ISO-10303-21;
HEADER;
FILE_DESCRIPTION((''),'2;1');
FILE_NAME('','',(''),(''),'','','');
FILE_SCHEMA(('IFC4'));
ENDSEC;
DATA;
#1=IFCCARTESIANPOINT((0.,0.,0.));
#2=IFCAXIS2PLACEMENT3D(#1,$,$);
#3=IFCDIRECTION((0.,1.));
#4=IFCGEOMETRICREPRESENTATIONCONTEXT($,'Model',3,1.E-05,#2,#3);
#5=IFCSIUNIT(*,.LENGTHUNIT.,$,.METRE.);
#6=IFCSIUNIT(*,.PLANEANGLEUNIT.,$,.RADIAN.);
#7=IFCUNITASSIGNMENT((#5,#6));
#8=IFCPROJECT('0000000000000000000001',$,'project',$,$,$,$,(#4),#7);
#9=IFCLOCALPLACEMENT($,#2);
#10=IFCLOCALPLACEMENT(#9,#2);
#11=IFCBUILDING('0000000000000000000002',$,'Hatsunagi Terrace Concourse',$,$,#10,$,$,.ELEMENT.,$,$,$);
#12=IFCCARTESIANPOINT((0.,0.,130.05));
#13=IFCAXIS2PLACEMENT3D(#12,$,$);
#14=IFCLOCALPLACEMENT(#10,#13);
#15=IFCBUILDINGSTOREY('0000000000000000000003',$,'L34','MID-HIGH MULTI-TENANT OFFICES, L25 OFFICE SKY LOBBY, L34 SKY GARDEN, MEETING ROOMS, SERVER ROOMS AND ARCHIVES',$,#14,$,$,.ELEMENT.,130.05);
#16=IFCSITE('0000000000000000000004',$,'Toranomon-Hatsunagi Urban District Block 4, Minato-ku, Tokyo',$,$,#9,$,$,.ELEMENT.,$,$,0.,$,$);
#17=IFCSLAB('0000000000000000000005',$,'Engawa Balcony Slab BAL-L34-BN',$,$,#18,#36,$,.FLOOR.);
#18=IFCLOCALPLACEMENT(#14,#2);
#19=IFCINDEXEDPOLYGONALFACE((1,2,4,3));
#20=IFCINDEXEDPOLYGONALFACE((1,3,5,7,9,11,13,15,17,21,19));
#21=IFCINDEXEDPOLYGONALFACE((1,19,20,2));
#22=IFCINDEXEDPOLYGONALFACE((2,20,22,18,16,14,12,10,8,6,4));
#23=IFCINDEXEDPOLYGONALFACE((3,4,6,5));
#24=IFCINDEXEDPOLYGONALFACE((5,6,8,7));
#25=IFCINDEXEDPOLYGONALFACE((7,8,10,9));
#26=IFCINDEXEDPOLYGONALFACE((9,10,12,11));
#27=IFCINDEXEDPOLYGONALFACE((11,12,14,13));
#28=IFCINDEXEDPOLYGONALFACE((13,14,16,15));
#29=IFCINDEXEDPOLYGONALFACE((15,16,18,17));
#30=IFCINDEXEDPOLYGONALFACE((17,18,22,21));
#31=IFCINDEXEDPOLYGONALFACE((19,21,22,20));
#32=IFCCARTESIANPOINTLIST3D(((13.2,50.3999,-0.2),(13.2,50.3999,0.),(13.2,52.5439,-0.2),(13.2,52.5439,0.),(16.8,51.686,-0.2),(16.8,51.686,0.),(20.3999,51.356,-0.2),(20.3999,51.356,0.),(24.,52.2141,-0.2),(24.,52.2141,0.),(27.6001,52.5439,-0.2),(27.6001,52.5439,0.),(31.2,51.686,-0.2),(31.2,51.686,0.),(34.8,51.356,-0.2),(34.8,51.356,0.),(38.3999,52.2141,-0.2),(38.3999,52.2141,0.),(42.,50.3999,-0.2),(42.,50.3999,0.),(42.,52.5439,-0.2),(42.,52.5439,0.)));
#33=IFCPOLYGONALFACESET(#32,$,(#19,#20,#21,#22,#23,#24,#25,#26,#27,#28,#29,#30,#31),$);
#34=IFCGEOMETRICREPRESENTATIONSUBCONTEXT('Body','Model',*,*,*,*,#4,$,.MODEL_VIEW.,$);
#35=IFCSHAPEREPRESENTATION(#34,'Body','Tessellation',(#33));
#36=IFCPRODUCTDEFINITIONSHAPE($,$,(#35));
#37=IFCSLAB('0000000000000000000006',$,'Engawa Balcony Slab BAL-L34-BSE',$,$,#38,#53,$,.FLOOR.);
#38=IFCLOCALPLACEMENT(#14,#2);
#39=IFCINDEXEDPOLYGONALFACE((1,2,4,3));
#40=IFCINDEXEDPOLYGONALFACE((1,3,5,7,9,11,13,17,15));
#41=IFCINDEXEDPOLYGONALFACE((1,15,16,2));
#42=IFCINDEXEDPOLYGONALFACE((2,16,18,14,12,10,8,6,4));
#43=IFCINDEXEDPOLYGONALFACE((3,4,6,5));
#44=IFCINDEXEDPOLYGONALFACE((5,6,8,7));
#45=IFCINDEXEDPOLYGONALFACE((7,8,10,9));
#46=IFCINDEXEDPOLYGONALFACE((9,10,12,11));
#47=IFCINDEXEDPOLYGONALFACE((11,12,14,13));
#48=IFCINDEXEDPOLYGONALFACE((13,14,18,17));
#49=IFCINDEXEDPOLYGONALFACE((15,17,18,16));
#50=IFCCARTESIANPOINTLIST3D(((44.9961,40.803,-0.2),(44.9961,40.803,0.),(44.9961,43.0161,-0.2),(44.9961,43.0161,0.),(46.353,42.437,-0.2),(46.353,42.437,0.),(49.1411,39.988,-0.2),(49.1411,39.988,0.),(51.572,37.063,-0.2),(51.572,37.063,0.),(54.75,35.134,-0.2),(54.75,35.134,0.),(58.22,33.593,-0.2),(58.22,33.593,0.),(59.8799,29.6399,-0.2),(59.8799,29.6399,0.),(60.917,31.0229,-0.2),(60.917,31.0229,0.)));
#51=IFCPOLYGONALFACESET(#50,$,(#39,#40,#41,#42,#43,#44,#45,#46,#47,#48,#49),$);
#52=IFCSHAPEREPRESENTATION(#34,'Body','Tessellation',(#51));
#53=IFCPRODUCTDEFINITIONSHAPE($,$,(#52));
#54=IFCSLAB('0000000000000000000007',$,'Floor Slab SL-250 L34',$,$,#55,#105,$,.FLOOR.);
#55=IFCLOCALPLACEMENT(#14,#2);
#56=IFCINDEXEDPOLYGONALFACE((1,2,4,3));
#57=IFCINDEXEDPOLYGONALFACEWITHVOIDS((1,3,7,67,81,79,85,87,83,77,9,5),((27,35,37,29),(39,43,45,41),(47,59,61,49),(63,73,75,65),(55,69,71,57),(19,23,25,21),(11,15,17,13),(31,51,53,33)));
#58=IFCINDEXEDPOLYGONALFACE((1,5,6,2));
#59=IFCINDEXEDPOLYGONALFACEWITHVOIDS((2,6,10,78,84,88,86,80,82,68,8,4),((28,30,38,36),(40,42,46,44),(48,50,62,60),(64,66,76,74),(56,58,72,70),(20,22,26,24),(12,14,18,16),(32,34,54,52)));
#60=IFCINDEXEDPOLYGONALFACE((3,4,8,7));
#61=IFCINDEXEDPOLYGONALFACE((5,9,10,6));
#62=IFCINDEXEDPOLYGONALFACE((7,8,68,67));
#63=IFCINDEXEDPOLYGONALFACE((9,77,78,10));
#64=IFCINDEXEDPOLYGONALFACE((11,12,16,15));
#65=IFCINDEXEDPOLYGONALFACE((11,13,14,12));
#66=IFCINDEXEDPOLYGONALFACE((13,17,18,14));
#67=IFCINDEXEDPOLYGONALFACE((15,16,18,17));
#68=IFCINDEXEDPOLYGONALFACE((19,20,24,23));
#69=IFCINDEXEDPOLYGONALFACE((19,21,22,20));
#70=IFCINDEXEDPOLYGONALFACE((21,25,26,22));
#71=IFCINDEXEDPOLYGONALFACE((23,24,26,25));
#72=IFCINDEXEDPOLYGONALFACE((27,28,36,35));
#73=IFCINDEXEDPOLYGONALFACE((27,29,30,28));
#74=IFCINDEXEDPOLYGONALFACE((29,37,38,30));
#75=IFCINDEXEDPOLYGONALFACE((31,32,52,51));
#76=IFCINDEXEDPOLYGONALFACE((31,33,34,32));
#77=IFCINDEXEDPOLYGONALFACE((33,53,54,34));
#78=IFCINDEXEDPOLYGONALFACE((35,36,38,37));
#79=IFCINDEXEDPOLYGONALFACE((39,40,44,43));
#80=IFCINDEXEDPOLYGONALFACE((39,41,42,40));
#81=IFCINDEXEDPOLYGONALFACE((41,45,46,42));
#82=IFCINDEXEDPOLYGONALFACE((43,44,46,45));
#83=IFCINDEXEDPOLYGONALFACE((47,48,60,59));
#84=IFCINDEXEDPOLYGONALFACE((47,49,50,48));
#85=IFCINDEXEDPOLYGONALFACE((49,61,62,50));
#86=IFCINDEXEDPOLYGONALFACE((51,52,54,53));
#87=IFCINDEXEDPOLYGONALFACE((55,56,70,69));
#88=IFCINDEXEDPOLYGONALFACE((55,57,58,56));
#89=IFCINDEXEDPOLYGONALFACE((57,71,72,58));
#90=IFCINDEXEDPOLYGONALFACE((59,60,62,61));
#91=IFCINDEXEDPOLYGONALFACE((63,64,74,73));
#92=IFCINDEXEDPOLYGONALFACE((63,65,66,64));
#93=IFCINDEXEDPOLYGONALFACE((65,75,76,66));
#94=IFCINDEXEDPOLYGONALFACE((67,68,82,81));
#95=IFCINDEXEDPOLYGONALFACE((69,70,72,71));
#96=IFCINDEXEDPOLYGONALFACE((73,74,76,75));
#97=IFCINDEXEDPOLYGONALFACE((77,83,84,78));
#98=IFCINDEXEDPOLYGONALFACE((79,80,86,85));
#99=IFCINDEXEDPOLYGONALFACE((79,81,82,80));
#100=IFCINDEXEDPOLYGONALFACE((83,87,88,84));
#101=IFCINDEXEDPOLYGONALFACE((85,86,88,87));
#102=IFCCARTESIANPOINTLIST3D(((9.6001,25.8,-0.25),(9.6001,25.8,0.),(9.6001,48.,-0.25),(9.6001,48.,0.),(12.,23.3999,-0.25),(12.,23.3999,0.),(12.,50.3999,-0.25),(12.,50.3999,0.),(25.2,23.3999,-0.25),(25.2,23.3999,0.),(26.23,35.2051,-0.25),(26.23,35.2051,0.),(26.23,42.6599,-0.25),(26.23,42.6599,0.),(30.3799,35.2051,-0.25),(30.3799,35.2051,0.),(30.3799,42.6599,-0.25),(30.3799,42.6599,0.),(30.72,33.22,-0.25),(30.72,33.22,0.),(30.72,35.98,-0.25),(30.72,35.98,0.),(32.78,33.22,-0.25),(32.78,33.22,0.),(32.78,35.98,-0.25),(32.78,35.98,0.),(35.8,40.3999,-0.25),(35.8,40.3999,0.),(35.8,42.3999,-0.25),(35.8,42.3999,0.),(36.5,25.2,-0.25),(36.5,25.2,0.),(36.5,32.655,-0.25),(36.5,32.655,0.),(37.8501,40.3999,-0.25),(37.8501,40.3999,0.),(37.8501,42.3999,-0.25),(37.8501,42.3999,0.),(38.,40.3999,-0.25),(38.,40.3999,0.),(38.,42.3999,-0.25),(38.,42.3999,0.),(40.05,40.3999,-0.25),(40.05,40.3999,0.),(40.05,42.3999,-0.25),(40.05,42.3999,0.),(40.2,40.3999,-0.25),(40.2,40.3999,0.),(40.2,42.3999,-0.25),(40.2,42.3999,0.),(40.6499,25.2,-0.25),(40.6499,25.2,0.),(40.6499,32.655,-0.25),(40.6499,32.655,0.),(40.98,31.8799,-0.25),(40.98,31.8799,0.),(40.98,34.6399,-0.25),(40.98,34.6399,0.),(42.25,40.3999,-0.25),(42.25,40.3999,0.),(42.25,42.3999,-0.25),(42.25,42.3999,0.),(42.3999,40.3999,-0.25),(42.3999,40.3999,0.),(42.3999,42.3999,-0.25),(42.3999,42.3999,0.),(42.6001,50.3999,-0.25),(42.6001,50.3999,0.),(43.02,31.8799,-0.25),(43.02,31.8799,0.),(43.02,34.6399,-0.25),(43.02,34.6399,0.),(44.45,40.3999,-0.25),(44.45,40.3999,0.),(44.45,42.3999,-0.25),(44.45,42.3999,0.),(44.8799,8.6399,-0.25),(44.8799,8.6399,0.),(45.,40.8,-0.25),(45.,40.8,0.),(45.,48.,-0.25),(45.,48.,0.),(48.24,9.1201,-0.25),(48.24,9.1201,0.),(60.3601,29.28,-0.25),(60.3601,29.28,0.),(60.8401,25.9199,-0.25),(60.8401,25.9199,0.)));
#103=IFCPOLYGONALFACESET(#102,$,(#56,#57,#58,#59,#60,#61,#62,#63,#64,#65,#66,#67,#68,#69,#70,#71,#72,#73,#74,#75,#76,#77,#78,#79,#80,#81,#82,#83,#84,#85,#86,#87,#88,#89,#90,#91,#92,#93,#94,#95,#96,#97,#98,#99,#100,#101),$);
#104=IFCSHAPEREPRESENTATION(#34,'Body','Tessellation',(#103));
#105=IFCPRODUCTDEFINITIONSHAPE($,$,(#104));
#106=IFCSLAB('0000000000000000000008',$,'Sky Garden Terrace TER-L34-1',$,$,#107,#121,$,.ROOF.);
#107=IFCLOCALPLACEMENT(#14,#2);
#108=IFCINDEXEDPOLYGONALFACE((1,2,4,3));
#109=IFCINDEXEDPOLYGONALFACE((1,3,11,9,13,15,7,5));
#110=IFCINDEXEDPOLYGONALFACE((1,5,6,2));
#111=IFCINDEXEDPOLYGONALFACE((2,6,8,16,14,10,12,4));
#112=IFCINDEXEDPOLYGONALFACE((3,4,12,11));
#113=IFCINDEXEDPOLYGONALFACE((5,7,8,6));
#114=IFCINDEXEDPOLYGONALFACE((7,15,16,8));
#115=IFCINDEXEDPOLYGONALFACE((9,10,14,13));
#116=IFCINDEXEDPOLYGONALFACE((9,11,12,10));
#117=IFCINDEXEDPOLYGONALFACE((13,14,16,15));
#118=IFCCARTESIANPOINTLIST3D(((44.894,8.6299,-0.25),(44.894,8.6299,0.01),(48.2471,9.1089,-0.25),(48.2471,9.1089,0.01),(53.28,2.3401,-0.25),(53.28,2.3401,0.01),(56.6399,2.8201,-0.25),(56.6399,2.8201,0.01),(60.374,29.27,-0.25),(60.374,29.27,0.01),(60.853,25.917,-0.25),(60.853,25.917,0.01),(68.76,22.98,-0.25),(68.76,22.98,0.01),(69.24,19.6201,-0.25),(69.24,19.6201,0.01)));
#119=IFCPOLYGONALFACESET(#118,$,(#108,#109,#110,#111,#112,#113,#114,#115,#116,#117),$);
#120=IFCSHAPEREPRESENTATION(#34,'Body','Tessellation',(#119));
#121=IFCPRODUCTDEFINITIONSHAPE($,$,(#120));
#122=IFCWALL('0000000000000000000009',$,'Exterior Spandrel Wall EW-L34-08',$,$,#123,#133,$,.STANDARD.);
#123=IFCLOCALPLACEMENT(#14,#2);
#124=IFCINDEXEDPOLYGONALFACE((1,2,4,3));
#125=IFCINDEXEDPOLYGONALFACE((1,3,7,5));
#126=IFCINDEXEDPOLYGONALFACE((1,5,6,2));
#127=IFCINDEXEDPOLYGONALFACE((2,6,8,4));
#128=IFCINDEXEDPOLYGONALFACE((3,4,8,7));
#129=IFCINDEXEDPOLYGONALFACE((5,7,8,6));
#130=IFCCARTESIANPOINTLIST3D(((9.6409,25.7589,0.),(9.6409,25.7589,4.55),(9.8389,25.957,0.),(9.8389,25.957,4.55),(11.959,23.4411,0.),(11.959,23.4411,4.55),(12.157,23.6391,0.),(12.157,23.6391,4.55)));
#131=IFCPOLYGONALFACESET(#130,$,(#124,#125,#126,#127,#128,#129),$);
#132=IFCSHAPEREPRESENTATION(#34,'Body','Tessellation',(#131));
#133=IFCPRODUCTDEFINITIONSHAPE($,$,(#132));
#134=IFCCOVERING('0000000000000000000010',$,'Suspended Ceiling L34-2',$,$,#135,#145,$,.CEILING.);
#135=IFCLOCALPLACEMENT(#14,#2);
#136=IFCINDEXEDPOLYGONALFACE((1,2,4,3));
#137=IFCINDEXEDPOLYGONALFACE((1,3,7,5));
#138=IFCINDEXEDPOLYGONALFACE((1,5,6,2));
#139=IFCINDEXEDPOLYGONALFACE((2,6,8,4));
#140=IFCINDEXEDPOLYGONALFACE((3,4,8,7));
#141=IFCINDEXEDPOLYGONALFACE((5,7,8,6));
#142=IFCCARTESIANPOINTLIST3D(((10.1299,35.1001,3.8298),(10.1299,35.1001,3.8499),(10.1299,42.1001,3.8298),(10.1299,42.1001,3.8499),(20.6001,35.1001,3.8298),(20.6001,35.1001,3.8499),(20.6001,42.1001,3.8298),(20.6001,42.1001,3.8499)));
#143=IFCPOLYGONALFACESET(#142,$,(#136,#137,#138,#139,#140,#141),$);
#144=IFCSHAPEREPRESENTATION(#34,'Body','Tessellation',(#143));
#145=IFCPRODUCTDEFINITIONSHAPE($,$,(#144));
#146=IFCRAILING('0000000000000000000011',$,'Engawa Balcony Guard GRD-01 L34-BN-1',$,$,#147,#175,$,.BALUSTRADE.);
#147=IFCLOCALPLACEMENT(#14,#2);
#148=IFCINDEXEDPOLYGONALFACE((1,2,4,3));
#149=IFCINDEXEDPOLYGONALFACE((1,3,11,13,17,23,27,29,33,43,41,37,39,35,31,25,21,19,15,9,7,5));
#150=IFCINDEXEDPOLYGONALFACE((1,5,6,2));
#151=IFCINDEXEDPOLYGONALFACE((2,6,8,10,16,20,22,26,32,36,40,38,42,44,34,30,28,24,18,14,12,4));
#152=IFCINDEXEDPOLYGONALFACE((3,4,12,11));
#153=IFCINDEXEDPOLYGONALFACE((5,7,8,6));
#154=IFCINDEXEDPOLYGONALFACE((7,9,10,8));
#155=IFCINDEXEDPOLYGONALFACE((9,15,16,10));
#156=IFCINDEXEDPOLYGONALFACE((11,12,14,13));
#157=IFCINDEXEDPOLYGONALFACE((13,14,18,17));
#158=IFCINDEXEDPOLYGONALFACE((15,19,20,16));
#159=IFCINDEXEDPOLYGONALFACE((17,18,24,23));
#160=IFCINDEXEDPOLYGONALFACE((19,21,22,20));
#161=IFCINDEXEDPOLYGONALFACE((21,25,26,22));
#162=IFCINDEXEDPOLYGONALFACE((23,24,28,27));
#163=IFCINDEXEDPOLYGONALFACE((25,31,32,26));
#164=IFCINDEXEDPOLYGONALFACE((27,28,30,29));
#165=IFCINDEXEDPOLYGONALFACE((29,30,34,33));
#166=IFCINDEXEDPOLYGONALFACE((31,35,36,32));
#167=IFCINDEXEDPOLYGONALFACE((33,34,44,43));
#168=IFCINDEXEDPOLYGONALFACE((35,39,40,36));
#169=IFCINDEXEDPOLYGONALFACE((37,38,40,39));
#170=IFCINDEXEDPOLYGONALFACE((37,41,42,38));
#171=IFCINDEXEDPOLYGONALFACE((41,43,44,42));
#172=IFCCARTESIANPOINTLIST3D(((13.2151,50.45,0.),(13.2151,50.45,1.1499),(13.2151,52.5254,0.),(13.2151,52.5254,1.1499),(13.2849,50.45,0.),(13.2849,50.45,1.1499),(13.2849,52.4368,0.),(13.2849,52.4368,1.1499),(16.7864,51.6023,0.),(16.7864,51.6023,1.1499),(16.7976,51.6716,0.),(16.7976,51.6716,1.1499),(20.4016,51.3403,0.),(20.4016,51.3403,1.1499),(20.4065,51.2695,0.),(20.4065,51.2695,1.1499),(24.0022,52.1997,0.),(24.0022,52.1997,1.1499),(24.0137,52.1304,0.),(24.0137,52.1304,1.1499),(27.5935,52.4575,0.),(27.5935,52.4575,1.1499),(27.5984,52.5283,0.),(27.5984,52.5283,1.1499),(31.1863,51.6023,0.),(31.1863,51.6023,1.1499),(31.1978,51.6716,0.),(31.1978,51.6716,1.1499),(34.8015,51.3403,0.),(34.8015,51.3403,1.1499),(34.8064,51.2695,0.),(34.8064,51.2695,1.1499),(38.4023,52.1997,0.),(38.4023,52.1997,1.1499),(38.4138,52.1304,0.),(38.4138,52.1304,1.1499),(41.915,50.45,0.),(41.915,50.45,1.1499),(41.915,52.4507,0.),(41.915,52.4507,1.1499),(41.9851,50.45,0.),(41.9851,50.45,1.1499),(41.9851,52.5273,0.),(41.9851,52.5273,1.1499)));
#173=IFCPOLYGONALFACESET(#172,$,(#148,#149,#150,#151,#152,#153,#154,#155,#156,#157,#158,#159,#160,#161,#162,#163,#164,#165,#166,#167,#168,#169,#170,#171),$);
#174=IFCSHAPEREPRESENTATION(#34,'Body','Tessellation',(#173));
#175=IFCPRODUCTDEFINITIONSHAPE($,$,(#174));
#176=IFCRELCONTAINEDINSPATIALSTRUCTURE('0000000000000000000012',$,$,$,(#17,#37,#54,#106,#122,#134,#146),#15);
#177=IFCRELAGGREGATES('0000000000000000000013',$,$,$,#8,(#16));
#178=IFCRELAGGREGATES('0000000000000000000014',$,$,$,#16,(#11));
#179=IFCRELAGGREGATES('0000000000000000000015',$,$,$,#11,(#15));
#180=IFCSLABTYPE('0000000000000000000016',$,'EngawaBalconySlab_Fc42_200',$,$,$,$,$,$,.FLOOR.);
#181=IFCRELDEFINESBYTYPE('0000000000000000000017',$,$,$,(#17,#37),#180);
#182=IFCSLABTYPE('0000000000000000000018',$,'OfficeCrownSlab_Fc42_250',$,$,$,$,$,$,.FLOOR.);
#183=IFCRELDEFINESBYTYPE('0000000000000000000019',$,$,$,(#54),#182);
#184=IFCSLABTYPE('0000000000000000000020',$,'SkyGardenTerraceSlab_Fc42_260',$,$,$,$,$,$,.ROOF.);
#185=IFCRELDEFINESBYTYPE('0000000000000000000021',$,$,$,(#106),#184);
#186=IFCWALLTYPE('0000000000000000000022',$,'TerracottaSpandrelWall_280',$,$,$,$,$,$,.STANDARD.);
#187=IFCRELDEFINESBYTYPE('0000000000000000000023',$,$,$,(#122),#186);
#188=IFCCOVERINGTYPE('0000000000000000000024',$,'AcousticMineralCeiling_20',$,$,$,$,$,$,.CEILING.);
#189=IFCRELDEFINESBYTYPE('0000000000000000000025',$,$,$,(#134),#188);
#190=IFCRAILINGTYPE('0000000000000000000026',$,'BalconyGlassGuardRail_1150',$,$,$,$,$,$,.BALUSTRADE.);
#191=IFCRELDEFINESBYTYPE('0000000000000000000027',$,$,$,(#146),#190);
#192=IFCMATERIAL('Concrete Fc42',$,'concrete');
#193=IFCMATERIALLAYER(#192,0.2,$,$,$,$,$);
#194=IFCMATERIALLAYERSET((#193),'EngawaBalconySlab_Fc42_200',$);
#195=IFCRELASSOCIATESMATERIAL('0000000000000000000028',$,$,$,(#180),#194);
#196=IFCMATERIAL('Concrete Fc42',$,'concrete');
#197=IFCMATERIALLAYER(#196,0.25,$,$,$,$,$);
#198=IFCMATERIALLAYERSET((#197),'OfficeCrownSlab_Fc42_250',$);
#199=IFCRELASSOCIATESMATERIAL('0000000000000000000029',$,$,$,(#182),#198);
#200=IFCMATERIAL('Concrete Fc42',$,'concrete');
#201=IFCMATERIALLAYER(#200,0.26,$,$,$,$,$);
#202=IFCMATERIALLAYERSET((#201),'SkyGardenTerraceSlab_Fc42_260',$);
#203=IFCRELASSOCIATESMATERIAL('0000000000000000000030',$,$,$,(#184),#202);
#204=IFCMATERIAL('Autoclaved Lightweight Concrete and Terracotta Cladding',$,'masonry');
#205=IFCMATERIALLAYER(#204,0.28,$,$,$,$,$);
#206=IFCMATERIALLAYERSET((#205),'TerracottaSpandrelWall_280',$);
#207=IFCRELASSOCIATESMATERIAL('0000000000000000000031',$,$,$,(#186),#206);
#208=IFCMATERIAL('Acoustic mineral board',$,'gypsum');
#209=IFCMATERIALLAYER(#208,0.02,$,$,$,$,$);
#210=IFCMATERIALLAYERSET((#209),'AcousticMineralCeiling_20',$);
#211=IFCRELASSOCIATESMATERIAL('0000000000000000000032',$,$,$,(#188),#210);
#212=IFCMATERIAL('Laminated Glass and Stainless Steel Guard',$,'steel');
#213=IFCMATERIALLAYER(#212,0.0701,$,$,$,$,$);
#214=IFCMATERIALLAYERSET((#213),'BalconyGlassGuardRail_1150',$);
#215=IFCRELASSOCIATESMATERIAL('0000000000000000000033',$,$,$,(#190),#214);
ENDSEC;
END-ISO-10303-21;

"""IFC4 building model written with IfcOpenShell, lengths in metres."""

from ifc_helpers import new_model, si_unit, direction, frame, frame_2d, origin, place, context, subcontext, project, spatial, polyline, rectangle, outline, extrude, material, layer, layer_set, type_object, element, save


model = new_model("IFC4")

# Units and contexts
model_context = context("Model", 3, precision=1e-05, world=origin(), true_north=direction((0.0, 1.0)))
body_context = subcontext(model_context, "Body", "Model", "MODEL_VIEW")
ifc_project = project(units=[si_unit("LENGTHUNIT", "METRE"), si_unit("PLANEANGLEUNIT", "RADIAN")], contexts=[model_context])

# Site, building, storey
site_placement = place(None, origin())
site = spatial("IfcSite", under=ifc_project, at=site_placement, Name="Toranomon-Hatsunagi Urban District Block 4, Minato-ku, Tokyo", CompositionType="ELEMENT", RefElevation=0.0)
building_placement = place(site_placement, origin())
building = spatial("IfcBuilding", under=site, at=building_placement, Name="Hatsunagi Terrace Concourse", CompositionType="ELEMENT")
storey_placement = place(building_placement, frame((0.0, 0.0, 130.05)))
storey = spatial("IfcBuildingStorey", under=building, at=storey_placement, Name="L34", Description="MID-HIGH MULTI-TENANT OFFICES, L25 OFFICE SKY LOBBY, L34 SKY GARDEN, MEETING ROOMS, SERVER ROOMS AND ARCHIVES", CompositionType="ELEMENT", Elevation=130.05)

# Slabs
ifc_material_1 = material(Name="Concrete Fc42", Category="concrete")
ifc_layer_1 = layer(ifc_material_1, 0.2)
ifc_layer_set_1 = layer_set([ifc_layer_1], Name="EngawaBalconySlab_Fc42_200")
slab_type_1 = type_object("IfcSlabType", Name="EngawaBalconySlab_Fc42_200", PredefinedType="FLOOR", material=ifc_layer_set_1)
slab_1_placement = place(storey_placement, frame((0.0, 0.0, -0.2)))
element("IfcSlab", 1, at=slab_1_placement, inside=storey, type_object=slab_type_1, Name="Engawa Balcony Slab BAL-L34-BN", PredefinedType="FLOOR", context=body_context, shape_type="SweptSolid", body=[
    extrude(outline(polyline([(13.2, 52.5439), (13.2, 50.3999), (42.0, 50.3999), (42.0, 52.5439), (38.3999, 52.2141), (34.8, 51.356), (31.2, 51.686), (27.6001, 52.5439), (24.0, 52.2141), (20.3999, 51.356), (16.8, 51.686), (13.2, 52.5439)])), origin(), (0.0, 0.0, 1.0), 0.2),
])
slab_2_placement = place(storey_placement, frame((0.0, 0.0, -0.2)))
element("IfcSlab", 2, at=slab_2_placement, inside=storey, type_object=slab_type_1, Name="Engawa Balcony Slab BAL-L34-BSE", PredefinedType="FLOOR", context=body_context, shape_type="SweptSolid", body=[
    extrude(outline(polyline([(46.353, 42.437), (44.9961, 43.0161), (44.9961, 40.803), (59.8799, 29.6399), (60.917, 31.0229), (58.22, 33.593), (54.75, 35.134), (51.572, 37.063), (49.1411, 39.988), (46.353, 42.437)])), origin(), (0.0, 0.0, 1.0), 0.2),
])
ifc_material_2 = material(Name="Concrete Fc42", Category="concrete")
ifc_layer_2 = layer(ifc_material_2, 0.25)
ifc_layer_set_2 = layer_set([ifc_layer_2], Name="OfficeCrownSlab_Fc42_250")
slab_type_2 = type_object("IfcSlabType", Name="OfficeCrownSlab_Fc42_250", PredefinedType="FLOOR", material=ifc_layer_set_2)
slab_3_placement = place(storey_placement, frame((0.0, 0.0, -0.25)))
element("IfcSlab", 3, at=slab_3_placement, inside=storey, type_object=slab_type_2, Name="Floor Slab SL-250 L34", PredefinedType="FLOOR", context=body_context, shape_type="SweptSolid", body=[
    extrude(outline(polyline([(45.0, 40.8), (45.0, 48.0), (42.6001, 50.3999), (12.0, 50.3999), (9.6001, 48.0), (9.6001, 25.8), (12.0, 23.3999), (25.2, 23.3999), (44.8799, 8.6399), (48.24, 9.1201), (60.8401, 25.9199), (60.3601, 29.28), (45.0, 40.8)]), holes=[polyline([(26.23, 35.2051), (30.3799, 35.2051), (30.3799, 42.6599), (26.23, 42.6599), (26.23, 35.2051)]), polyline([(36.5, 25.2), (40.6499, 25.2), (40.6499, 32.655), (36.5, 32.655), (36.5, 25.2)]), polyline([(30.72, 33.22), (32.78, 33.22), (32.78, 35.98), (30.72, 35.98), (30.72, 33.22)]), polyline([(40.98, 31.8799), (43.02, 31.8799), (43.02, 34.6399), (40.98, 34.6399), (40.98, 31.8799)]), polyline([(35.8, 40.3999), (37.8501, 40.3999), (37.8501, 42.3999), (35.8, 42.3999), (35.8, 40.3999)]), polyline([(38.0, 40.3999), (40.05, 40.3999), (40.05, 42.3999), (38.0, 42.3999), (38.0, 40.3999)]), polyline([(40.2, 40.3999), (42.25, 40.3999), (42.25, 42.3999), (40.2, 42.3999), (40.2, 40.3999)]), polyline([(42.3999, 40.3999), (44.45, 40.3999), (44.45, 42.3999), (42.3999, 42.3999), (42.3999, 40.3999)])]), origin(), (0.0, 0.0, 1.0), 0.25),
])
ifc_material_3 = material(Name="Concrete Fc42", Category="concrete")
ifc_layer_3 = layer(ifc_material_3, 0.26)
ifc_layer_set_3 = layer_set([ifc_layer_3], Name="SkyGardenTerraceSlab_Fc42_260")
slab_type_3 = type_object("IfcSlabType", Name="SkyGardenTerraceSlab_Fc42_260", PredefinedType="ROOF", material=ifc_layer_set_3)
slab_4_placement = place(storey_placement, frame((0.0, 0.0, -0.25)))
element("IfcSlab", 4, at=slab_4_placement, inside=storey, type_object=slab_type_3, Name="Sky Garden Terrace TER-L34-1", PredefinedType="ROOF", context=body_context, shape_type="SweptSolid", body=[
    extrude(outline(polyline([(68.76, 22.98), (60.374, 29.27), (60.853, 25.917), (48.2471, 9.1089), (44.894, 8.6299), (53.28, 2.3401), (56.6399, 2.8201), (69.24, 19.6201), (68.76, 22.98)])), origin(), (0.0, 0.0, 1.0), 0.26),
])

# Wall
ifc_material_4 = material(Name="Autoclaved Lightweight Concrete and Terracotta Cladding", Category="masonry")
ifc_layer_4 = layer(ifc_material_4, 0.28)
ifc_layer_set_4 = layer_set([ifc_layer_4], Name="TerracottaSpandrelWall_280")
wall_type = type_object("IfcWallType", Name="TerracottaSpandrelWall_280", PredefinedType="STANDARD", material=ifc_layer_set_4)
wall_placement = place(storey_placement, frame((12.0581, 23.54, 0.0), z_axis=(0.0, 0.0, 1.0), x_axis=(-0.707144, 0.70707, 0.0)))
element("IfcWall", 5, at=wall_placement, inside=storey, type_object=wall_type, Name="Exterior Spandrel Wall EW-L34-08", PredefinedType="STANDARD", context=body_context, shape_type="SweptSolid", body=[
    extrude(rectangle(XDim=3.2781, YDim=0.28, at=frame_2d((1.6392, 0.0))), origin(), (0.0, 0.0, 1.0), 4.55),
])

# Covering
ifc_material_5 = material(Name="Acoustic mineral board", Category="gypsum")
ifc_layer_5 = layer(ifc_material_5, 0.02)
ifc_layer_set_5 = layer_set([ifc_layer_5], Name="AcousticMineralCeiling_20")
covering_type_1 = type_object("IfcCoveringType", Name="AcousticMineralCeiling_20", PredefinedType="CEILING", material=ifc_layer_set_5)
covering_1_placement = place(storey_placement, frame((0.0, 0.0, 3.8298)))
element("IfcCovering", 6, at=covering_1_placement, inside=storey, type_object=covering_type_1, Name="Suspended Ceiling L34-2", PredefinedType="CEILING", context=body_context, shape_type="SweptSolid", body=[
    extrude(outline(polyline([(10.1299, 35.1001), (20.6001, 35.1001), (20.6001, 42.1001), (10.1299, 42.1001), (10.1299, 35.1001)])), origin(), (0.0, 0.0, 1.0), 0.02),
])

# Railing
ifc_material_6 = material(Name="Laminated Glass and Stainless Steel Guard", Category="steel")
ifc_layer_6 = layer(ifc_material_6, 0.0701)
ifc_layer_set_6 = layer_set([ifc_layer_6], Name="BalconyGlassGuardRail_1150")
railing_type = type_object("IfcRailingType", Name="BalconyGlassGuardRail_1150", PredefinedType="BALUSTRADE", material=ifc_layer_set_6)
railing_1_placement = place(storey_placement, origin())
element("IfcRailing", 7, at=railing_1_placement, inside=storey, type_object=railing_type, Name="Engawa Balcony Guard GRD-01 L34-BN-1", PredefinedType="BALUSTRADE", context=body_context, shape_type="SweptSolid", body=[
    extrude(outline(polyline([(13.2151, 50.45), (13.2849, 50.45), (13.2849, 52.4368), (16.7864, 51.6023), (20.4065, 51.2695), (24.0137, 52.1304), (27.5935, 52.4575), (31.1863, 51.6023), (34.8064, 51.2695), (38.4138, 52.1304), (41.915, 52.4507), (41.915, 50.45), (41.9851, 50.45), (41.9851, 52.5273), (38.4023, 52.1997), (34.8015, 51.3403), (31.1978, 51.6716), (27.5984, 52.5283), (24.0022, 52.1997), (20.4016, 51.3403), (16.7976, 51.6716), (13.2151, 52.5254), (13.2151, 50.45)])), origin(), (0.0, 0.0, 1.0), 1.1499),
])

save(model, "model.ifc")
